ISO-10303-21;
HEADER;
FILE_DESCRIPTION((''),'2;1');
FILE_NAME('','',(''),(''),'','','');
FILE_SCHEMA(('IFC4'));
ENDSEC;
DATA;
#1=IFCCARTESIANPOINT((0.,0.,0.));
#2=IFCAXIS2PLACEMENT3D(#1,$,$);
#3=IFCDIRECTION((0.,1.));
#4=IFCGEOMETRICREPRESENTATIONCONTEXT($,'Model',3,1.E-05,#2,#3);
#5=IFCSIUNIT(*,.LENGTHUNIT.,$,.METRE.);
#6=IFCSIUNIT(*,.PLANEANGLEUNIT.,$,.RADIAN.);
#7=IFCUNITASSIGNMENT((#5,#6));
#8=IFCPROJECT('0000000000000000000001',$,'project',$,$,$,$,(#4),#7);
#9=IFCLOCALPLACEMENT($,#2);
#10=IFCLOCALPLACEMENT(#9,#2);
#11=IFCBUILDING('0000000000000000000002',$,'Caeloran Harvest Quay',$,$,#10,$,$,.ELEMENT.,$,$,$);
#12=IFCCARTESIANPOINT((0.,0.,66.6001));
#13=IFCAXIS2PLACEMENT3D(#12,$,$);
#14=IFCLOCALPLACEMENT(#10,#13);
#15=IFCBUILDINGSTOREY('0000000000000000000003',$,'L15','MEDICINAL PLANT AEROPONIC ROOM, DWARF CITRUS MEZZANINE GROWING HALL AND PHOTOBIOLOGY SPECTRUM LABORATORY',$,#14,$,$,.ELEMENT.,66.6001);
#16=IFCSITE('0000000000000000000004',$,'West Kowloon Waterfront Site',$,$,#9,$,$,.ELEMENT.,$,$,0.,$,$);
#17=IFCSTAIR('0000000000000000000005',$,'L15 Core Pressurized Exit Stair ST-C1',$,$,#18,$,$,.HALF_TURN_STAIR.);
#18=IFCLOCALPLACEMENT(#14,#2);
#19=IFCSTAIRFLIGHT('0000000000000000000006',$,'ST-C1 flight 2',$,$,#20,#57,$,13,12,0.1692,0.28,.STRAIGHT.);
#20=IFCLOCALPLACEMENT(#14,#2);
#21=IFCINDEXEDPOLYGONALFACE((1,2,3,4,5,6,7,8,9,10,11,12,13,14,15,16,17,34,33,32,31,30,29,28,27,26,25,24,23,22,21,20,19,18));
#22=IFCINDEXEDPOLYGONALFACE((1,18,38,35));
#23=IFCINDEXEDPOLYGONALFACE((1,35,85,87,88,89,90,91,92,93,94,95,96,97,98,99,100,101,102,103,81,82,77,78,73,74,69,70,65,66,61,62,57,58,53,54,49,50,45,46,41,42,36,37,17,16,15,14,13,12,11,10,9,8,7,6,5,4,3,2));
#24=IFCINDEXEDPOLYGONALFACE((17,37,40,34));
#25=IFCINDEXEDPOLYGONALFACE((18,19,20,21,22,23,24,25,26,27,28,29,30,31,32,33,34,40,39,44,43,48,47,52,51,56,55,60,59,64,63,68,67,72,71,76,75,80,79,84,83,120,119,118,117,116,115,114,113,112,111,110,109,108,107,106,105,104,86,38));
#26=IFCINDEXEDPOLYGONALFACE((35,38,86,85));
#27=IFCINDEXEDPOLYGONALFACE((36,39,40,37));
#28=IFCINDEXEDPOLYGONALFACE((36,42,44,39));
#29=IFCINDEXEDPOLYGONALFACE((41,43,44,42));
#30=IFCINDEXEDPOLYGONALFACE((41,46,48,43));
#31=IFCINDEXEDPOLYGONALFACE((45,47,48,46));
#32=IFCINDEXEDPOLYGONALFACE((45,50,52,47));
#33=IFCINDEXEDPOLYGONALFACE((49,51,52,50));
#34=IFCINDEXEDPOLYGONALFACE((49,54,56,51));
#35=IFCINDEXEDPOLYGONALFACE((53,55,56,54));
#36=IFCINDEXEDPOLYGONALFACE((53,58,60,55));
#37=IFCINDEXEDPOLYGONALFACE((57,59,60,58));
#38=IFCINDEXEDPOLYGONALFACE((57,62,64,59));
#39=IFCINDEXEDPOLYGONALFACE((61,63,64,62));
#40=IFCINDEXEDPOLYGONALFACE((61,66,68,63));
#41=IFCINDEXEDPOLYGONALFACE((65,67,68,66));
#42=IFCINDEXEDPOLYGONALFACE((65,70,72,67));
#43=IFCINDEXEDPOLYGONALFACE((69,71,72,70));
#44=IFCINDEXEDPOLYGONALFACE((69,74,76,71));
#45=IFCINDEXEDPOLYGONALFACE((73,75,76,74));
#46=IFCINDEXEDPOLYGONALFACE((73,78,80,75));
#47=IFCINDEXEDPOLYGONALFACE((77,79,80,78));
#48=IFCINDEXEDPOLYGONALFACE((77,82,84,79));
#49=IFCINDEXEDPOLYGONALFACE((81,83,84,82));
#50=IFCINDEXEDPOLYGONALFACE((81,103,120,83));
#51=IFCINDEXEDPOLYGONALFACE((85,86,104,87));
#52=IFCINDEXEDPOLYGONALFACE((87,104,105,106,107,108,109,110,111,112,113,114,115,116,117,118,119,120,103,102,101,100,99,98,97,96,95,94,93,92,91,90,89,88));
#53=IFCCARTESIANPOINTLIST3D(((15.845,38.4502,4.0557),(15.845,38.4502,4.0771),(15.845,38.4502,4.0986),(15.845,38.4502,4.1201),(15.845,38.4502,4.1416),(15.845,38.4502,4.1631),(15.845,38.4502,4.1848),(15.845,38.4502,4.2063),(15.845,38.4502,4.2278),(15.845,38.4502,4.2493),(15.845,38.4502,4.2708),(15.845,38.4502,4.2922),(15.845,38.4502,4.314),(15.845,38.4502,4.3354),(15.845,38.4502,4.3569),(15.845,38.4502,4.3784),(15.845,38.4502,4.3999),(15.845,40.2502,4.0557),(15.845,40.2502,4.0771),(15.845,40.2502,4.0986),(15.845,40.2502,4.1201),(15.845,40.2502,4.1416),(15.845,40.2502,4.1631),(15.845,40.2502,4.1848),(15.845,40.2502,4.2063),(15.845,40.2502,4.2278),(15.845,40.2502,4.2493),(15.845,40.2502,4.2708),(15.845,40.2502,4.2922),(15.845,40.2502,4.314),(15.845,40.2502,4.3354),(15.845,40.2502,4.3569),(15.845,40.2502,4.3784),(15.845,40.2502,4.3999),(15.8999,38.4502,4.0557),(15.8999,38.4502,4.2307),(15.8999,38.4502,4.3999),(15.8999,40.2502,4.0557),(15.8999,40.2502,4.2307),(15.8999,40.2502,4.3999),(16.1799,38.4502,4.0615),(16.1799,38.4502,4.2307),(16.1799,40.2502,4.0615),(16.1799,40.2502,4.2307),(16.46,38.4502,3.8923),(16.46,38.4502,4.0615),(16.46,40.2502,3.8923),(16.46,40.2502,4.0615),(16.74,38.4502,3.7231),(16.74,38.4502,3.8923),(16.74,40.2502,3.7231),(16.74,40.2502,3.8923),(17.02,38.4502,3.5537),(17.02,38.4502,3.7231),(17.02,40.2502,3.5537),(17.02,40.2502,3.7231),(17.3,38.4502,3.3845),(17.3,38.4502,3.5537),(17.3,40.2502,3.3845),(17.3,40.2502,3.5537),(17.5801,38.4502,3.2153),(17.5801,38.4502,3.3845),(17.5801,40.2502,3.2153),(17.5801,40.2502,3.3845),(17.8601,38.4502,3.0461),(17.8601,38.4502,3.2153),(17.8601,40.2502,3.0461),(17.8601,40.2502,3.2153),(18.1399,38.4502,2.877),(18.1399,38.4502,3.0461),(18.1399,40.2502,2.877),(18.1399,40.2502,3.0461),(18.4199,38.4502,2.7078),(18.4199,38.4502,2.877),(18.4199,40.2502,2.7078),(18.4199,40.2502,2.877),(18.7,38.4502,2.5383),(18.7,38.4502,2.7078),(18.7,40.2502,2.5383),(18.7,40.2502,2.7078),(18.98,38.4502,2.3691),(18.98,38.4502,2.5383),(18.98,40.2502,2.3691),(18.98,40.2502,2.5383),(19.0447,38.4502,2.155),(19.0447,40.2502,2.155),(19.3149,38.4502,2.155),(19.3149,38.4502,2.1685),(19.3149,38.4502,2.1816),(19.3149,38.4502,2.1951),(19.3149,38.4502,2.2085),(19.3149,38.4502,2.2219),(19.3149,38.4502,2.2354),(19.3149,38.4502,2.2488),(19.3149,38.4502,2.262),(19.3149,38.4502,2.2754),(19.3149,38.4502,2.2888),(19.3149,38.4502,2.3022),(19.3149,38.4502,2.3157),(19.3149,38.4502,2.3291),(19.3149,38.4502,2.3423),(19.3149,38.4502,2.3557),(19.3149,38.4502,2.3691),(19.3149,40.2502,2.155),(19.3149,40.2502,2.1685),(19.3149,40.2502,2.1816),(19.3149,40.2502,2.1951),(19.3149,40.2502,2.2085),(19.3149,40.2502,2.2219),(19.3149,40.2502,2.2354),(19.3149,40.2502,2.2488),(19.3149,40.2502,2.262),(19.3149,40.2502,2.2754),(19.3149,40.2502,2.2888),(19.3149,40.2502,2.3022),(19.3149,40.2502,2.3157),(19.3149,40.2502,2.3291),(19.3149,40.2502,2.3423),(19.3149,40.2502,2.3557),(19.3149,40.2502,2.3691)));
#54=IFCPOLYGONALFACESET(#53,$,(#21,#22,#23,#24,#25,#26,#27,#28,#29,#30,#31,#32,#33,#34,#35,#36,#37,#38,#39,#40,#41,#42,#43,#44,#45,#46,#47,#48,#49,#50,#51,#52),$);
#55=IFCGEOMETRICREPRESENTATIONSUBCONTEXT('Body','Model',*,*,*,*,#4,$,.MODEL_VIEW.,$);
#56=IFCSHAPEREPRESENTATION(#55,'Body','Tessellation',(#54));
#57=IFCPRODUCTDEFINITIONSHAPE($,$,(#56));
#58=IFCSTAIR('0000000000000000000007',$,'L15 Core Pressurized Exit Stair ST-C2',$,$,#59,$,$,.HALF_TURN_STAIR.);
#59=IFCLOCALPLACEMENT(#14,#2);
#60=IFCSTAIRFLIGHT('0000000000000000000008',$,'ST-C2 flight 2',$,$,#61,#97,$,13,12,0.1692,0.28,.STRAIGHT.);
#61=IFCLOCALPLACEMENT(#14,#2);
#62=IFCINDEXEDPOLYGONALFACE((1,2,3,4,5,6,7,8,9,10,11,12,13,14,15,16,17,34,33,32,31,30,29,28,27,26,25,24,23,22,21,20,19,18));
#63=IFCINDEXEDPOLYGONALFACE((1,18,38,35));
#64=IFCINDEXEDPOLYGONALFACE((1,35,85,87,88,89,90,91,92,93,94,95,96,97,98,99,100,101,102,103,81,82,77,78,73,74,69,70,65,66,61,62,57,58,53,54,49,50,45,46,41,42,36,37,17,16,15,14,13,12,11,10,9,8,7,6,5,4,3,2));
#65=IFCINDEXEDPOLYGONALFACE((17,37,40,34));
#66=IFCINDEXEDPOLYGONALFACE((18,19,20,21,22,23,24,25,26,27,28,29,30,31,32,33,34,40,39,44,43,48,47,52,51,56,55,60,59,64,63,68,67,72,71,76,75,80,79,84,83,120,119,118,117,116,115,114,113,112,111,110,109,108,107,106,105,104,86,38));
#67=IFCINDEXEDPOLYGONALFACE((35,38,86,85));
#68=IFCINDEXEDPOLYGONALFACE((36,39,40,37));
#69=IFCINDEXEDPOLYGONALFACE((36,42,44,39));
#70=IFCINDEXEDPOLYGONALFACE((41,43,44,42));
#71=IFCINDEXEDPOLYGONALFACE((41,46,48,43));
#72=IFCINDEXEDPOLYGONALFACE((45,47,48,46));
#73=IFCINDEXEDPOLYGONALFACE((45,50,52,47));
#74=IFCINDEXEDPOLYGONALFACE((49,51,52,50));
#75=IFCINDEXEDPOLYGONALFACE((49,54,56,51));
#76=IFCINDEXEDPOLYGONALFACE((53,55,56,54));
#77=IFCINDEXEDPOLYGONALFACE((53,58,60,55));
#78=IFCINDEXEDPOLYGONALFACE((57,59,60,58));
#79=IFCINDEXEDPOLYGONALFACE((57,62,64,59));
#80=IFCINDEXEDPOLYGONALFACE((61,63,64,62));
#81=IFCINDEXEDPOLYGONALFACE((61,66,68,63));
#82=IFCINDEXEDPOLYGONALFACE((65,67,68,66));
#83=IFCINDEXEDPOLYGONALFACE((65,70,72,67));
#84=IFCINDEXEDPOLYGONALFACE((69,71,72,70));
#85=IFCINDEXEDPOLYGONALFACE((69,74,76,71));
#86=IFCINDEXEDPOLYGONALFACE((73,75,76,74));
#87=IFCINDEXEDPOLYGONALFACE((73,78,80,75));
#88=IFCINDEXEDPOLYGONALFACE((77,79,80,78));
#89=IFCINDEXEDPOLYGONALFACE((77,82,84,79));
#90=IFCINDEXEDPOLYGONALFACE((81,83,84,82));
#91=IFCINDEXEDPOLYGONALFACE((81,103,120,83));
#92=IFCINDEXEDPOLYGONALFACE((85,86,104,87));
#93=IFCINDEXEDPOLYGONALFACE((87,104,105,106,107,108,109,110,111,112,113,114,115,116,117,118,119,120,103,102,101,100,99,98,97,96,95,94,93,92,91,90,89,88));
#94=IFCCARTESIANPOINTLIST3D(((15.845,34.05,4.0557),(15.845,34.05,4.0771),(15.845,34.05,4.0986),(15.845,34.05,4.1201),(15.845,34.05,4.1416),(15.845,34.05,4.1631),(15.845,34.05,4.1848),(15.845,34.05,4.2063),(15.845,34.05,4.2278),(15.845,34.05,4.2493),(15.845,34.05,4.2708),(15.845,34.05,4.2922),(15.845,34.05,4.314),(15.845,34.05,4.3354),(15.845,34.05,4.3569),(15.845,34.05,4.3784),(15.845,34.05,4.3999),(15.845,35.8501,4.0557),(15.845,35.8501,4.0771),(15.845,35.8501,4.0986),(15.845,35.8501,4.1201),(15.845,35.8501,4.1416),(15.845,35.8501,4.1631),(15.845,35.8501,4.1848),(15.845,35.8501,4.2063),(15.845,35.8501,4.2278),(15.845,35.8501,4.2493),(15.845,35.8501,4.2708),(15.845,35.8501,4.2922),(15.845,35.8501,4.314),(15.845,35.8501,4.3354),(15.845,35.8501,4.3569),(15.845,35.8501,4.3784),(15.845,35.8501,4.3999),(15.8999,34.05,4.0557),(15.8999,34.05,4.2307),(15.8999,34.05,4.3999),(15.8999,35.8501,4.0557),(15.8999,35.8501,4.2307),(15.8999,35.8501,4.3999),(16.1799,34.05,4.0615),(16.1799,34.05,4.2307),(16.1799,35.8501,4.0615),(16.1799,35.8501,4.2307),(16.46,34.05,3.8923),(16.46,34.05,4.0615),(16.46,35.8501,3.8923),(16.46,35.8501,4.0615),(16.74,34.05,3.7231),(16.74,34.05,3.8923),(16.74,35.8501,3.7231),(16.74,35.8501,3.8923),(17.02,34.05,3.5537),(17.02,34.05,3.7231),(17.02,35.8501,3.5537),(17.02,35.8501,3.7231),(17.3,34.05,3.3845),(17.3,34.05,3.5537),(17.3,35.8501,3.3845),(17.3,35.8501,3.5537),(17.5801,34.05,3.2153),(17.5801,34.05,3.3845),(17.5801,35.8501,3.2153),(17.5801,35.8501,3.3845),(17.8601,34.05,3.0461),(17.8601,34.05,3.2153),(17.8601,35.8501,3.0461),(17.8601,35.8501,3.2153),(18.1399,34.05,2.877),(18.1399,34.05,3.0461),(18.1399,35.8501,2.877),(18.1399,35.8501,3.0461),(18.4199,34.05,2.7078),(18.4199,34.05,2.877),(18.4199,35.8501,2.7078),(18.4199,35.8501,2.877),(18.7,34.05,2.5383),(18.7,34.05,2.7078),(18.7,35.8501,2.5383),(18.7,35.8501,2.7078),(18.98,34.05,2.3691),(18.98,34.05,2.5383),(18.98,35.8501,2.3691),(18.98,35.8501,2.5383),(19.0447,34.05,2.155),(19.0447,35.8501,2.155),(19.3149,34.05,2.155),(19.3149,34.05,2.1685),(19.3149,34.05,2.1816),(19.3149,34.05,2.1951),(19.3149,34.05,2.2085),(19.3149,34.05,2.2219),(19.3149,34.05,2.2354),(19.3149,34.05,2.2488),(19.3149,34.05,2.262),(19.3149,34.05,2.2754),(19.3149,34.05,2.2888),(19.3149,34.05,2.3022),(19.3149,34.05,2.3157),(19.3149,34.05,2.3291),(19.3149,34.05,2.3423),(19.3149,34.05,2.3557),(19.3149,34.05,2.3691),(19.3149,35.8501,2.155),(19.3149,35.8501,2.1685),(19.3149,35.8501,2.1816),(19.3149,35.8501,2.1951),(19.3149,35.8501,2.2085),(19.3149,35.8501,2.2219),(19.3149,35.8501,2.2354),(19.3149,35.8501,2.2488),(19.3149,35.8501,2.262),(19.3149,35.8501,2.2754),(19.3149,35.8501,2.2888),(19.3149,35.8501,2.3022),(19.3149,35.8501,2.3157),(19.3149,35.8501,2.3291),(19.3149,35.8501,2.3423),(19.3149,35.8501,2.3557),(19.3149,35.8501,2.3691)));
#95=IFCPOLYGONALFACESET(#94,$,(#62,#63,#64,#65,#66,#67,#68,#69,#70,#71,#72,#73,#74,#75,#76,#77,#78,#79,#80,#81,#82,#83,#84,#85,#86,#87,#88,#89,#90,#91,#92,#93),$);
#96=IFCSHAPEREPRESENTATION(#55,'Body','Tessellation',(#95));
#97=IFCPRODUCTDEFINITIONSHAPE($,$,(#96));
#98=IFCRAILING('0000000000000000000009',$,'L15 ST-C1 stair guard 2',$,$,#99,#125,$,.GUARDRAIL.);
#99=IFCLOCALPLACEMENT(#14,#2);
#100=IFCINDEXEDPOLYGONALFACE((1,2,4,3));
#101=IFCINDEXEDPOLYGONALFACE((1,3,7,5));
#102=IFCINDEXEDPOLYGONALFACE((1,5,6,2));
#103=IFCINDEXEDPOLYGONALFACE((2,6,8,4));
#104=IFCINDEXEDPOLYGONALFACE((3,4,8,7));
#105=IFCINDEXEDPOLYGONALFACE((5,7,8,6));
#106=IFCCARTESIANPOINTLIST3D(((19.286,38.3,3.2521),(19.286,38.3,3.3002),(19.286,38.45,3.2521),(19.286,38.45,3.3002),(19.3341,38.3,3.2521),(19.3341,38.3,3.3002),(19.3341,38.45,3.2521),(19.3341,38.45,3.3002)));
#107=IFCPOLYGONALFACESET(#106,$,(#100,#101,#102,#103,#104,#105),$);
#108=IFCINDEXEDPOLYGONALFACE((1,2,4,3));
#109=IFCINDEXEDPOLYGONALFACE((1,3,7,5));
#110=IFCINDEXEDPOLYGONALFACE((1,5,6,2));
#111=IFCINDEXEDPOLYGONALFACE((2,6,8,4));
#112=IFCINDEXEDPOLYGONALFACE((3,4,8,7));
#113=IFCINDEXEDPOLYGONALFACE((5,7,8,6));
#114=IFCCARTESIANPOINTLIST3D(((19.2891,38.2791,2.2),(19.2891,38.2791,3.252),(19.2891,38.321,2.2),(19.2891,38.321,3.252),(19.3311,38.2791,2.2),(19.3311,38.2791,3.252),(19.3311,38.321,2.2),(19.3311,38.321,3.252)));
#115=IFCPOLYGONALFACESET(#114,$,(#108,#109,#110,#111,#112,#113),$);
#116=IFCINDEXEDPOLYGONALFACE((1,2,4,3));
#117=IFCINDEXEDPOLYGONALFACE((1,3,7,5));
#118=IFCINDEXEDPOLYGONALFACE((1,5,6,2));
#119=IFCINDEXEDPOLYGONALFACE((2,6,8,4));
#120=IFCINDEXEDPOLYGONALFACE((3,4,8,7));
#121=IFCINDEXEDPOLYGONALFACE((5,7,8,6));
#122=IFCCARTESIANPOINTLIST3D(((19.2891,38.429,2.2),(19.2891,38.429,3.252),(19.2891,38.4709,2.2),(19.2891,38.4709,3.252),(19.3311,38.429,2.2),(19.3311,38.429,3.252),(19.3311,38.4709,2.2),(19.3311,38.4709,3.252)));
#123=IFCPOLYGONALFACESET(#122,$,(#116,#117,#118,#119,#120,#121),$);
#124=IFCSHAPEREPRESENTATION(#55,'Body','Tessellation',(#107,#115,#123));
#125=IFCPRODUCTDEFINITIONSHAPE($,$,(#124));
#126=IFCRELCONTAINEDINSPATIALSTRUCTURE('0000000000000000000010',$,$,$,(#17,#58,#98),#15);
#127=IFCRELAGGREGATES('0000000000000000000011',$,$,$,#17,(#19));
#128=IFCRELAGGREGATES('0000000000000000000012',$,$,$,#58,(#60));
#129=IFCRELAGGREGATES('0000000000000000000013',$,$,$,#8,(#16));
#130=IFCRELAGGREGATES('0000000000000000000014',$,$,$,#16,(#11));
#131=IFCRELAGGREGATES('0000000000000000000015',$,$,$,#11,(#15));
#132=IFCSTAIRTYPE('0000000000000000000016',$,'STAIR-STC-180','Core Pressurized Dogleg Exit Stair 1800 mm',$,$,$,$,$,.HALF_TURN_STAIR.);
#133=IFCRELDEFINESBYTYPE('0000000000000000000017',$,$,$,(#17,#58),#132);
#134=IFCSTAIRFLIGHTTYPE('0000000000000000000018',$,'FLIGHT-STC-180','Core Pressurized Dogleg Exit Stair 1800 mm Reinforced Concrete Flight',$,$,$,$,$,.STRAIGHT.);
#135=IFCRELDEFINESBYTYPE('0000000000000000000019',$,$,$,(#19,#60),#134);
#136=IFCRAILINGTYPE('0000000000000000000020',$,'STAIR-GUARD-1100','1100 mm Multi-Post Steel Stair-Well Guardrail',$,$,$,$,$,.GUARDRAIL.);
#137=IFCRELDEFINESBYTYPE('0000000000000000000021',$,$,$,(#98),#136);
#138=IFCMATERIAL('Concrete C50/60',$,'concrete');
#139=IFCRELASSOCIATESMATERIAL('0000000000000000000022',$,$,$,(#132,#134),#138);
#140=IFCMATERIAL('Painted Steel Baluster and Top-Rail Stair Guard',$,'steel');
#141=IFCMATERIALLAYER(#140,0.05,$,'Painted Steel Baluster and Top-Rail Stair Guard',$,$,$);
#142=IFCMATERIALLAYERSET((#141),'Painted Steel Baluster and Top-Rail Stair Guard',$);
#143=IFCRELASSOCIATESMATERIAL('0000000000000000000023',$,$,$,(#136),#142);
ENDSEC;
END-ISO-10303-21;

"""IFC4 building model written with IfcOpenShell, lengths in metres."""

from ifc_helpers import new_model, si_unit, direction, frame, origin, origin_2d, place, context, subcontext, project, spatial, polyline, rectangle, outline, extrude, material, layer, layer_set, type_object, element, aggregate, save


model = new_model("IFC4")

# Units and contexts
model_context = context("Model", 3, precision=1e-05, world=origin(), true_north=direction((0.0, 1.0)))
body_context = subcontext(model_context, "Body", "Model", "MODEL_VIEW")
ifc_project = project(units=[si_unit("LENGTHUNIT", "METRE"), si_unit("PLANEANGLEUNIT", "RADIAN")], contexts=[model_context])

# Site, building, storey
site_placement = place(None, origin())
site = spatial("IfcSite", under=ifc_project, at=site_placement, Name="West Kowloon Waterfront Site", CompositionType="ELEMENT", RefElevation=0.0)
building_placement = place(site_placement, origin())
building = spatial("IfcBuilding", under=site, at=building_placement, Name="Caeloran Harvest Quay", CompositionType="ELEMENT")
storey_placement = place(building_placement, frame((0.0, 0.0, 66.6001)))
storey = spatial("IfcBuildingStorey", under=building, at=storey_placement, Name="L15", Description="MEDICINAL PLANT AEROPONIC ROOM, DWARF CITRUS MEZZANINE GROWING HALL AND PHOTOBIOLOGY SPECTRUM LABORATORY", CompositionType="ELEMENT", Elevation=66.6001)

# Shared definitions
ifc_material_1 = material(Name="Concrete C50/60", Category="concrete")

# Stairs, stair flights
stair_type = type_object("IfcStairType", Name="STAIR-STC-180", Description="Core Pressurized Dogleg Exit Stair 1800 mm", PredefinedType="HALF_TURN_STAIR", material=ifc_material_1)
stair_1_placement = place(storey_placement, origin())
stair_1 = element("IfcStair", 1, at=stair_1_placement, inside=storey, type_object=stair_type, Name="L15 Core Pressurized Exit Stair ST-C1", PredefinedType="HALF_TURN_STAIR")
stair_flight_type = type_object("IfcStairFlightType", Name="FLIGHT-STC-180", Description="Core Pressurized Dogleg Exit Stair 1800 mm Reinforced Concrete Flight", PredefinedType="STRAIGHT", material=ifc_material_1)
stair_flight_1_placement = place(storey_placement, frame((19.26, 39.3501, 2.2), z_axis=(0.0, 0.0, 1.0), x_axis=(-1.0, 0.0, 0.0)))
stair_flight_1 = element("IfcStairFlight", 2, at=stair_flight_1_placement, type_object=stair_flight_type, Name="ST-C1 flight 2", NumberOfRisers=13, NumberOfTreads=12, PredefinedType="STRAIGHT", RiserHeight=0.1692, TreadLength=0.28, context=body_context, shape_type="SweptSolid", body=[
    extrude(outline(polyline([(-0.0549, -0.0449), (-0.0549, -0.0315), (-0.0549, -0.0183), (-0.0549, -0.0049), (-0.0549, 0.0085), (-0.0549, 0.022), (-0.0549, 0.0354), (-0.0549, 0.0488), (-0.0549, 0.062), (-0.0549, 0.0754), (-0.0549, 0.0889), (-0.0549, 0.1023), (-0.0549, 0.1157), (-0.0549, 0.1292), (-0.0549, 0.1423), (-0.0549, 0.1558), (-0.0549, 0.1692), (0.28, 0.1692), (0.28, 0.3384), (0.5601, 0.3384), (0.5601, 0.5078), (0.8401, 0.5078), (0.8401, 0.677), (1.1201, 0.677), (1.1201, 0.8462), (1.3999, 0.8462), (1.3999, 1.0154), (1.6799, 1.0154), (1.6799, 1.1846), (1.96, 1.1846), (1.96, 1.3538), (2.24, 1.3538), (2.24, 1.5232), (2.52, 1.5232), (2.52, 1.6924), (2.8, 1.6924), (2.8, 1.8616), (3.0801, 1.8616), (3.0801, 2.0308), (3.3601, 2.0308), (3.3601, 2.2), (3.415, 2.2), (3.415, 2.1785), (3.415, 2.157), (3.415, 2.1355), (3.415, 2.114), (3.415, 2.0923), (3.415, 2.0708), (3.415, 2.0493), (3.415, 2.0278), (3.415, 2.0063), (3.415, 1.9849), (3.415, 1.9631), (3.415, 1.9417), (3.415, 1.9202), (3.415, 1.8987), (3.415, 1.8772), (3.415, 1.8557), (3.3601, 1.8557), (0.2153, -0.0449), (-0.0549, -0.0449)])), frame((0.0, 0.8999, 0.0), z_axis=(0.0, -1.0, 0.0), x_axis=(1.0, 0.0, 0.0)), (0.0, 0.0, 1.0), 1.8),
])
aggregate(stair_1, [stair_flight_1])
stair_2_placement = place(storey_placement, origin())
stair_2 = element("IfcStair", 3, at=stair_2_placement, inside=storey, type_object=stair_type, Name="L15 Core Pressurized Exit Stair ST-C2", PredefinedType="HALF_TURN_STAIR")
stair_flight_2_placement = place(storey_placement, frame((19.26, 34.95, 2.2), z_axis=(0.0, 0.0, 1.0), x_axis=(-1.0, 0.0, 0.0)))
stair_flight_2 = element("IfcStairFlight", 4, at=stair_flight_2_placement, type_object=stair_flight_type, Name="ST-C2 flight 2", NumberOfRisers=13, NumberOfTreads=12, PredefinedType="STRAIGHT", RiserHeight=0.1692, TreadLength=0.28, context=body_context, shape_type="SweptSolid", body=[
    extrude(outline(polyline([(-0.0549, -0.0449), (-0.0549, -0.0315), (-0.0549, -0.0183), (-0.0549, -0.0049), (-0.0549, 0.0085), (-0.0549, 0.022), (-0.0549, 0.0354), (-0.0549, 0.0488), (-0.0549, 0.062), (-0.0549, 0.0754), (-0.0549, 0.0889), (-0.0549, 0.1023), (-0.0549, 0.1157), (-0.0549, 0.1292), (-0.0549, 0.1423), (-0.0549, 0.1558), (-0.0549, 0.1692), (0.28, 0.1692), (0.28, 0.3384), (0.5601, 0.3384), (0.5601, 0.5078), (0.8401, 0.5078), (0.8401, 0.677), (1.1201, 0.677), (1.1201, 0.8462), (1.3999, 0.8462), (1.3999, 1.0154), (1.6799, 1.0154), (1.6799, 1.1846), (1.96, 1.1846), (1.96, 1.3538), (2.24, 1.3538), (2.24, 1.5232), (2.52, 1.5232), (2.52, 1.6924), (2.8, 1.6924), (2.8, 1.8616), (3.0801, 1.8616), (3.0801, 2.0308), (3.3601, 2.0308), (3.3601, 2.2), (3.415, 2.2), (3.415, 2.1785), (3.415, 2.157), (3.415, 2.1355), (3.415, 2.114), (3.415, 2.0923), (3.415, 2.0708), (3.415, 2.0493), (3.415, 2.0278), (3.415, 2.0063), (3.415, 1.9849), (3.415, 1.9631), (3.415, 1.9417), (3.415, 1.9202), (3.415, 1.8987), (3.415, 1.8772), (3.415, 1.8557), (3.3601, 1.8557), (0.2153, -0.0449), (-0.0549, -0.0449)])), frame((0.0, 0.8999, 0.0), z_axis=(0.0, -1.0, 0.0), x_axis=(1.0, 0.0, 0.0)), (0.0, 0.0, 1.0), 1.8),
])
aggregate(stair_2, [stair_flight_2])

# Railing
ifc_material_2 = material(Name="Painted Steel Baluster and Top-Rail Stair Guard", Category="steel")
ifc_layer_1 = layer(ifc_material_2, 0.05, Name="Painted Steel Baluster and Top-Rail Stair Guard")
ifc_layer_set_1 = layer_set([ifc_layer_1], Name="Painted Steel Baluster and Top-Rail Stair Guard")
railing_type_1 = type_object("IfcRailingType", Name="STAIR-GUARD-1100", Description="1100 mm Multi-Post Steel Stair-Well Guardrail", PredefinedType="GUARDRAIL", material=ifc_layer_set_1)
railing_1_placement = place(storey_placement, frame((19.3101, 38.3, 2.2)))
element("IfcRailing", 5, at=railing_1_placement, inside=storey, type_object=railing_type_1, Name="L15 ST-C1 stair guard 2", PredefinedType="GUARDRAIL", context=body_context, shape_type="SweptSolid", body=[
    extrude(rectangle(XDim=0.0481, YDim=0.0481, at=origin_2d()), frame((0.0, 0.0, 1.0762), z_axis=(0.0, 1.0, 0.0), x_axis=(-1.0, 0.0, 0.0)), (0.0, 0.0, 1.0), 0.1499),
    extrude(rectangle(XDim=0.042, YDim=0.042, at=origin_2d()), origin(), (0.0, 0.0, 1.0), 1.052),
    extrude(rectangle(XDim=0.042, YDim=0.042, at=origin_2d()), frame((0.0, 0.1499, 0.0)), (0.0, 0.0, 1.0), 1.052),
])

save(model, "model.ifc")
